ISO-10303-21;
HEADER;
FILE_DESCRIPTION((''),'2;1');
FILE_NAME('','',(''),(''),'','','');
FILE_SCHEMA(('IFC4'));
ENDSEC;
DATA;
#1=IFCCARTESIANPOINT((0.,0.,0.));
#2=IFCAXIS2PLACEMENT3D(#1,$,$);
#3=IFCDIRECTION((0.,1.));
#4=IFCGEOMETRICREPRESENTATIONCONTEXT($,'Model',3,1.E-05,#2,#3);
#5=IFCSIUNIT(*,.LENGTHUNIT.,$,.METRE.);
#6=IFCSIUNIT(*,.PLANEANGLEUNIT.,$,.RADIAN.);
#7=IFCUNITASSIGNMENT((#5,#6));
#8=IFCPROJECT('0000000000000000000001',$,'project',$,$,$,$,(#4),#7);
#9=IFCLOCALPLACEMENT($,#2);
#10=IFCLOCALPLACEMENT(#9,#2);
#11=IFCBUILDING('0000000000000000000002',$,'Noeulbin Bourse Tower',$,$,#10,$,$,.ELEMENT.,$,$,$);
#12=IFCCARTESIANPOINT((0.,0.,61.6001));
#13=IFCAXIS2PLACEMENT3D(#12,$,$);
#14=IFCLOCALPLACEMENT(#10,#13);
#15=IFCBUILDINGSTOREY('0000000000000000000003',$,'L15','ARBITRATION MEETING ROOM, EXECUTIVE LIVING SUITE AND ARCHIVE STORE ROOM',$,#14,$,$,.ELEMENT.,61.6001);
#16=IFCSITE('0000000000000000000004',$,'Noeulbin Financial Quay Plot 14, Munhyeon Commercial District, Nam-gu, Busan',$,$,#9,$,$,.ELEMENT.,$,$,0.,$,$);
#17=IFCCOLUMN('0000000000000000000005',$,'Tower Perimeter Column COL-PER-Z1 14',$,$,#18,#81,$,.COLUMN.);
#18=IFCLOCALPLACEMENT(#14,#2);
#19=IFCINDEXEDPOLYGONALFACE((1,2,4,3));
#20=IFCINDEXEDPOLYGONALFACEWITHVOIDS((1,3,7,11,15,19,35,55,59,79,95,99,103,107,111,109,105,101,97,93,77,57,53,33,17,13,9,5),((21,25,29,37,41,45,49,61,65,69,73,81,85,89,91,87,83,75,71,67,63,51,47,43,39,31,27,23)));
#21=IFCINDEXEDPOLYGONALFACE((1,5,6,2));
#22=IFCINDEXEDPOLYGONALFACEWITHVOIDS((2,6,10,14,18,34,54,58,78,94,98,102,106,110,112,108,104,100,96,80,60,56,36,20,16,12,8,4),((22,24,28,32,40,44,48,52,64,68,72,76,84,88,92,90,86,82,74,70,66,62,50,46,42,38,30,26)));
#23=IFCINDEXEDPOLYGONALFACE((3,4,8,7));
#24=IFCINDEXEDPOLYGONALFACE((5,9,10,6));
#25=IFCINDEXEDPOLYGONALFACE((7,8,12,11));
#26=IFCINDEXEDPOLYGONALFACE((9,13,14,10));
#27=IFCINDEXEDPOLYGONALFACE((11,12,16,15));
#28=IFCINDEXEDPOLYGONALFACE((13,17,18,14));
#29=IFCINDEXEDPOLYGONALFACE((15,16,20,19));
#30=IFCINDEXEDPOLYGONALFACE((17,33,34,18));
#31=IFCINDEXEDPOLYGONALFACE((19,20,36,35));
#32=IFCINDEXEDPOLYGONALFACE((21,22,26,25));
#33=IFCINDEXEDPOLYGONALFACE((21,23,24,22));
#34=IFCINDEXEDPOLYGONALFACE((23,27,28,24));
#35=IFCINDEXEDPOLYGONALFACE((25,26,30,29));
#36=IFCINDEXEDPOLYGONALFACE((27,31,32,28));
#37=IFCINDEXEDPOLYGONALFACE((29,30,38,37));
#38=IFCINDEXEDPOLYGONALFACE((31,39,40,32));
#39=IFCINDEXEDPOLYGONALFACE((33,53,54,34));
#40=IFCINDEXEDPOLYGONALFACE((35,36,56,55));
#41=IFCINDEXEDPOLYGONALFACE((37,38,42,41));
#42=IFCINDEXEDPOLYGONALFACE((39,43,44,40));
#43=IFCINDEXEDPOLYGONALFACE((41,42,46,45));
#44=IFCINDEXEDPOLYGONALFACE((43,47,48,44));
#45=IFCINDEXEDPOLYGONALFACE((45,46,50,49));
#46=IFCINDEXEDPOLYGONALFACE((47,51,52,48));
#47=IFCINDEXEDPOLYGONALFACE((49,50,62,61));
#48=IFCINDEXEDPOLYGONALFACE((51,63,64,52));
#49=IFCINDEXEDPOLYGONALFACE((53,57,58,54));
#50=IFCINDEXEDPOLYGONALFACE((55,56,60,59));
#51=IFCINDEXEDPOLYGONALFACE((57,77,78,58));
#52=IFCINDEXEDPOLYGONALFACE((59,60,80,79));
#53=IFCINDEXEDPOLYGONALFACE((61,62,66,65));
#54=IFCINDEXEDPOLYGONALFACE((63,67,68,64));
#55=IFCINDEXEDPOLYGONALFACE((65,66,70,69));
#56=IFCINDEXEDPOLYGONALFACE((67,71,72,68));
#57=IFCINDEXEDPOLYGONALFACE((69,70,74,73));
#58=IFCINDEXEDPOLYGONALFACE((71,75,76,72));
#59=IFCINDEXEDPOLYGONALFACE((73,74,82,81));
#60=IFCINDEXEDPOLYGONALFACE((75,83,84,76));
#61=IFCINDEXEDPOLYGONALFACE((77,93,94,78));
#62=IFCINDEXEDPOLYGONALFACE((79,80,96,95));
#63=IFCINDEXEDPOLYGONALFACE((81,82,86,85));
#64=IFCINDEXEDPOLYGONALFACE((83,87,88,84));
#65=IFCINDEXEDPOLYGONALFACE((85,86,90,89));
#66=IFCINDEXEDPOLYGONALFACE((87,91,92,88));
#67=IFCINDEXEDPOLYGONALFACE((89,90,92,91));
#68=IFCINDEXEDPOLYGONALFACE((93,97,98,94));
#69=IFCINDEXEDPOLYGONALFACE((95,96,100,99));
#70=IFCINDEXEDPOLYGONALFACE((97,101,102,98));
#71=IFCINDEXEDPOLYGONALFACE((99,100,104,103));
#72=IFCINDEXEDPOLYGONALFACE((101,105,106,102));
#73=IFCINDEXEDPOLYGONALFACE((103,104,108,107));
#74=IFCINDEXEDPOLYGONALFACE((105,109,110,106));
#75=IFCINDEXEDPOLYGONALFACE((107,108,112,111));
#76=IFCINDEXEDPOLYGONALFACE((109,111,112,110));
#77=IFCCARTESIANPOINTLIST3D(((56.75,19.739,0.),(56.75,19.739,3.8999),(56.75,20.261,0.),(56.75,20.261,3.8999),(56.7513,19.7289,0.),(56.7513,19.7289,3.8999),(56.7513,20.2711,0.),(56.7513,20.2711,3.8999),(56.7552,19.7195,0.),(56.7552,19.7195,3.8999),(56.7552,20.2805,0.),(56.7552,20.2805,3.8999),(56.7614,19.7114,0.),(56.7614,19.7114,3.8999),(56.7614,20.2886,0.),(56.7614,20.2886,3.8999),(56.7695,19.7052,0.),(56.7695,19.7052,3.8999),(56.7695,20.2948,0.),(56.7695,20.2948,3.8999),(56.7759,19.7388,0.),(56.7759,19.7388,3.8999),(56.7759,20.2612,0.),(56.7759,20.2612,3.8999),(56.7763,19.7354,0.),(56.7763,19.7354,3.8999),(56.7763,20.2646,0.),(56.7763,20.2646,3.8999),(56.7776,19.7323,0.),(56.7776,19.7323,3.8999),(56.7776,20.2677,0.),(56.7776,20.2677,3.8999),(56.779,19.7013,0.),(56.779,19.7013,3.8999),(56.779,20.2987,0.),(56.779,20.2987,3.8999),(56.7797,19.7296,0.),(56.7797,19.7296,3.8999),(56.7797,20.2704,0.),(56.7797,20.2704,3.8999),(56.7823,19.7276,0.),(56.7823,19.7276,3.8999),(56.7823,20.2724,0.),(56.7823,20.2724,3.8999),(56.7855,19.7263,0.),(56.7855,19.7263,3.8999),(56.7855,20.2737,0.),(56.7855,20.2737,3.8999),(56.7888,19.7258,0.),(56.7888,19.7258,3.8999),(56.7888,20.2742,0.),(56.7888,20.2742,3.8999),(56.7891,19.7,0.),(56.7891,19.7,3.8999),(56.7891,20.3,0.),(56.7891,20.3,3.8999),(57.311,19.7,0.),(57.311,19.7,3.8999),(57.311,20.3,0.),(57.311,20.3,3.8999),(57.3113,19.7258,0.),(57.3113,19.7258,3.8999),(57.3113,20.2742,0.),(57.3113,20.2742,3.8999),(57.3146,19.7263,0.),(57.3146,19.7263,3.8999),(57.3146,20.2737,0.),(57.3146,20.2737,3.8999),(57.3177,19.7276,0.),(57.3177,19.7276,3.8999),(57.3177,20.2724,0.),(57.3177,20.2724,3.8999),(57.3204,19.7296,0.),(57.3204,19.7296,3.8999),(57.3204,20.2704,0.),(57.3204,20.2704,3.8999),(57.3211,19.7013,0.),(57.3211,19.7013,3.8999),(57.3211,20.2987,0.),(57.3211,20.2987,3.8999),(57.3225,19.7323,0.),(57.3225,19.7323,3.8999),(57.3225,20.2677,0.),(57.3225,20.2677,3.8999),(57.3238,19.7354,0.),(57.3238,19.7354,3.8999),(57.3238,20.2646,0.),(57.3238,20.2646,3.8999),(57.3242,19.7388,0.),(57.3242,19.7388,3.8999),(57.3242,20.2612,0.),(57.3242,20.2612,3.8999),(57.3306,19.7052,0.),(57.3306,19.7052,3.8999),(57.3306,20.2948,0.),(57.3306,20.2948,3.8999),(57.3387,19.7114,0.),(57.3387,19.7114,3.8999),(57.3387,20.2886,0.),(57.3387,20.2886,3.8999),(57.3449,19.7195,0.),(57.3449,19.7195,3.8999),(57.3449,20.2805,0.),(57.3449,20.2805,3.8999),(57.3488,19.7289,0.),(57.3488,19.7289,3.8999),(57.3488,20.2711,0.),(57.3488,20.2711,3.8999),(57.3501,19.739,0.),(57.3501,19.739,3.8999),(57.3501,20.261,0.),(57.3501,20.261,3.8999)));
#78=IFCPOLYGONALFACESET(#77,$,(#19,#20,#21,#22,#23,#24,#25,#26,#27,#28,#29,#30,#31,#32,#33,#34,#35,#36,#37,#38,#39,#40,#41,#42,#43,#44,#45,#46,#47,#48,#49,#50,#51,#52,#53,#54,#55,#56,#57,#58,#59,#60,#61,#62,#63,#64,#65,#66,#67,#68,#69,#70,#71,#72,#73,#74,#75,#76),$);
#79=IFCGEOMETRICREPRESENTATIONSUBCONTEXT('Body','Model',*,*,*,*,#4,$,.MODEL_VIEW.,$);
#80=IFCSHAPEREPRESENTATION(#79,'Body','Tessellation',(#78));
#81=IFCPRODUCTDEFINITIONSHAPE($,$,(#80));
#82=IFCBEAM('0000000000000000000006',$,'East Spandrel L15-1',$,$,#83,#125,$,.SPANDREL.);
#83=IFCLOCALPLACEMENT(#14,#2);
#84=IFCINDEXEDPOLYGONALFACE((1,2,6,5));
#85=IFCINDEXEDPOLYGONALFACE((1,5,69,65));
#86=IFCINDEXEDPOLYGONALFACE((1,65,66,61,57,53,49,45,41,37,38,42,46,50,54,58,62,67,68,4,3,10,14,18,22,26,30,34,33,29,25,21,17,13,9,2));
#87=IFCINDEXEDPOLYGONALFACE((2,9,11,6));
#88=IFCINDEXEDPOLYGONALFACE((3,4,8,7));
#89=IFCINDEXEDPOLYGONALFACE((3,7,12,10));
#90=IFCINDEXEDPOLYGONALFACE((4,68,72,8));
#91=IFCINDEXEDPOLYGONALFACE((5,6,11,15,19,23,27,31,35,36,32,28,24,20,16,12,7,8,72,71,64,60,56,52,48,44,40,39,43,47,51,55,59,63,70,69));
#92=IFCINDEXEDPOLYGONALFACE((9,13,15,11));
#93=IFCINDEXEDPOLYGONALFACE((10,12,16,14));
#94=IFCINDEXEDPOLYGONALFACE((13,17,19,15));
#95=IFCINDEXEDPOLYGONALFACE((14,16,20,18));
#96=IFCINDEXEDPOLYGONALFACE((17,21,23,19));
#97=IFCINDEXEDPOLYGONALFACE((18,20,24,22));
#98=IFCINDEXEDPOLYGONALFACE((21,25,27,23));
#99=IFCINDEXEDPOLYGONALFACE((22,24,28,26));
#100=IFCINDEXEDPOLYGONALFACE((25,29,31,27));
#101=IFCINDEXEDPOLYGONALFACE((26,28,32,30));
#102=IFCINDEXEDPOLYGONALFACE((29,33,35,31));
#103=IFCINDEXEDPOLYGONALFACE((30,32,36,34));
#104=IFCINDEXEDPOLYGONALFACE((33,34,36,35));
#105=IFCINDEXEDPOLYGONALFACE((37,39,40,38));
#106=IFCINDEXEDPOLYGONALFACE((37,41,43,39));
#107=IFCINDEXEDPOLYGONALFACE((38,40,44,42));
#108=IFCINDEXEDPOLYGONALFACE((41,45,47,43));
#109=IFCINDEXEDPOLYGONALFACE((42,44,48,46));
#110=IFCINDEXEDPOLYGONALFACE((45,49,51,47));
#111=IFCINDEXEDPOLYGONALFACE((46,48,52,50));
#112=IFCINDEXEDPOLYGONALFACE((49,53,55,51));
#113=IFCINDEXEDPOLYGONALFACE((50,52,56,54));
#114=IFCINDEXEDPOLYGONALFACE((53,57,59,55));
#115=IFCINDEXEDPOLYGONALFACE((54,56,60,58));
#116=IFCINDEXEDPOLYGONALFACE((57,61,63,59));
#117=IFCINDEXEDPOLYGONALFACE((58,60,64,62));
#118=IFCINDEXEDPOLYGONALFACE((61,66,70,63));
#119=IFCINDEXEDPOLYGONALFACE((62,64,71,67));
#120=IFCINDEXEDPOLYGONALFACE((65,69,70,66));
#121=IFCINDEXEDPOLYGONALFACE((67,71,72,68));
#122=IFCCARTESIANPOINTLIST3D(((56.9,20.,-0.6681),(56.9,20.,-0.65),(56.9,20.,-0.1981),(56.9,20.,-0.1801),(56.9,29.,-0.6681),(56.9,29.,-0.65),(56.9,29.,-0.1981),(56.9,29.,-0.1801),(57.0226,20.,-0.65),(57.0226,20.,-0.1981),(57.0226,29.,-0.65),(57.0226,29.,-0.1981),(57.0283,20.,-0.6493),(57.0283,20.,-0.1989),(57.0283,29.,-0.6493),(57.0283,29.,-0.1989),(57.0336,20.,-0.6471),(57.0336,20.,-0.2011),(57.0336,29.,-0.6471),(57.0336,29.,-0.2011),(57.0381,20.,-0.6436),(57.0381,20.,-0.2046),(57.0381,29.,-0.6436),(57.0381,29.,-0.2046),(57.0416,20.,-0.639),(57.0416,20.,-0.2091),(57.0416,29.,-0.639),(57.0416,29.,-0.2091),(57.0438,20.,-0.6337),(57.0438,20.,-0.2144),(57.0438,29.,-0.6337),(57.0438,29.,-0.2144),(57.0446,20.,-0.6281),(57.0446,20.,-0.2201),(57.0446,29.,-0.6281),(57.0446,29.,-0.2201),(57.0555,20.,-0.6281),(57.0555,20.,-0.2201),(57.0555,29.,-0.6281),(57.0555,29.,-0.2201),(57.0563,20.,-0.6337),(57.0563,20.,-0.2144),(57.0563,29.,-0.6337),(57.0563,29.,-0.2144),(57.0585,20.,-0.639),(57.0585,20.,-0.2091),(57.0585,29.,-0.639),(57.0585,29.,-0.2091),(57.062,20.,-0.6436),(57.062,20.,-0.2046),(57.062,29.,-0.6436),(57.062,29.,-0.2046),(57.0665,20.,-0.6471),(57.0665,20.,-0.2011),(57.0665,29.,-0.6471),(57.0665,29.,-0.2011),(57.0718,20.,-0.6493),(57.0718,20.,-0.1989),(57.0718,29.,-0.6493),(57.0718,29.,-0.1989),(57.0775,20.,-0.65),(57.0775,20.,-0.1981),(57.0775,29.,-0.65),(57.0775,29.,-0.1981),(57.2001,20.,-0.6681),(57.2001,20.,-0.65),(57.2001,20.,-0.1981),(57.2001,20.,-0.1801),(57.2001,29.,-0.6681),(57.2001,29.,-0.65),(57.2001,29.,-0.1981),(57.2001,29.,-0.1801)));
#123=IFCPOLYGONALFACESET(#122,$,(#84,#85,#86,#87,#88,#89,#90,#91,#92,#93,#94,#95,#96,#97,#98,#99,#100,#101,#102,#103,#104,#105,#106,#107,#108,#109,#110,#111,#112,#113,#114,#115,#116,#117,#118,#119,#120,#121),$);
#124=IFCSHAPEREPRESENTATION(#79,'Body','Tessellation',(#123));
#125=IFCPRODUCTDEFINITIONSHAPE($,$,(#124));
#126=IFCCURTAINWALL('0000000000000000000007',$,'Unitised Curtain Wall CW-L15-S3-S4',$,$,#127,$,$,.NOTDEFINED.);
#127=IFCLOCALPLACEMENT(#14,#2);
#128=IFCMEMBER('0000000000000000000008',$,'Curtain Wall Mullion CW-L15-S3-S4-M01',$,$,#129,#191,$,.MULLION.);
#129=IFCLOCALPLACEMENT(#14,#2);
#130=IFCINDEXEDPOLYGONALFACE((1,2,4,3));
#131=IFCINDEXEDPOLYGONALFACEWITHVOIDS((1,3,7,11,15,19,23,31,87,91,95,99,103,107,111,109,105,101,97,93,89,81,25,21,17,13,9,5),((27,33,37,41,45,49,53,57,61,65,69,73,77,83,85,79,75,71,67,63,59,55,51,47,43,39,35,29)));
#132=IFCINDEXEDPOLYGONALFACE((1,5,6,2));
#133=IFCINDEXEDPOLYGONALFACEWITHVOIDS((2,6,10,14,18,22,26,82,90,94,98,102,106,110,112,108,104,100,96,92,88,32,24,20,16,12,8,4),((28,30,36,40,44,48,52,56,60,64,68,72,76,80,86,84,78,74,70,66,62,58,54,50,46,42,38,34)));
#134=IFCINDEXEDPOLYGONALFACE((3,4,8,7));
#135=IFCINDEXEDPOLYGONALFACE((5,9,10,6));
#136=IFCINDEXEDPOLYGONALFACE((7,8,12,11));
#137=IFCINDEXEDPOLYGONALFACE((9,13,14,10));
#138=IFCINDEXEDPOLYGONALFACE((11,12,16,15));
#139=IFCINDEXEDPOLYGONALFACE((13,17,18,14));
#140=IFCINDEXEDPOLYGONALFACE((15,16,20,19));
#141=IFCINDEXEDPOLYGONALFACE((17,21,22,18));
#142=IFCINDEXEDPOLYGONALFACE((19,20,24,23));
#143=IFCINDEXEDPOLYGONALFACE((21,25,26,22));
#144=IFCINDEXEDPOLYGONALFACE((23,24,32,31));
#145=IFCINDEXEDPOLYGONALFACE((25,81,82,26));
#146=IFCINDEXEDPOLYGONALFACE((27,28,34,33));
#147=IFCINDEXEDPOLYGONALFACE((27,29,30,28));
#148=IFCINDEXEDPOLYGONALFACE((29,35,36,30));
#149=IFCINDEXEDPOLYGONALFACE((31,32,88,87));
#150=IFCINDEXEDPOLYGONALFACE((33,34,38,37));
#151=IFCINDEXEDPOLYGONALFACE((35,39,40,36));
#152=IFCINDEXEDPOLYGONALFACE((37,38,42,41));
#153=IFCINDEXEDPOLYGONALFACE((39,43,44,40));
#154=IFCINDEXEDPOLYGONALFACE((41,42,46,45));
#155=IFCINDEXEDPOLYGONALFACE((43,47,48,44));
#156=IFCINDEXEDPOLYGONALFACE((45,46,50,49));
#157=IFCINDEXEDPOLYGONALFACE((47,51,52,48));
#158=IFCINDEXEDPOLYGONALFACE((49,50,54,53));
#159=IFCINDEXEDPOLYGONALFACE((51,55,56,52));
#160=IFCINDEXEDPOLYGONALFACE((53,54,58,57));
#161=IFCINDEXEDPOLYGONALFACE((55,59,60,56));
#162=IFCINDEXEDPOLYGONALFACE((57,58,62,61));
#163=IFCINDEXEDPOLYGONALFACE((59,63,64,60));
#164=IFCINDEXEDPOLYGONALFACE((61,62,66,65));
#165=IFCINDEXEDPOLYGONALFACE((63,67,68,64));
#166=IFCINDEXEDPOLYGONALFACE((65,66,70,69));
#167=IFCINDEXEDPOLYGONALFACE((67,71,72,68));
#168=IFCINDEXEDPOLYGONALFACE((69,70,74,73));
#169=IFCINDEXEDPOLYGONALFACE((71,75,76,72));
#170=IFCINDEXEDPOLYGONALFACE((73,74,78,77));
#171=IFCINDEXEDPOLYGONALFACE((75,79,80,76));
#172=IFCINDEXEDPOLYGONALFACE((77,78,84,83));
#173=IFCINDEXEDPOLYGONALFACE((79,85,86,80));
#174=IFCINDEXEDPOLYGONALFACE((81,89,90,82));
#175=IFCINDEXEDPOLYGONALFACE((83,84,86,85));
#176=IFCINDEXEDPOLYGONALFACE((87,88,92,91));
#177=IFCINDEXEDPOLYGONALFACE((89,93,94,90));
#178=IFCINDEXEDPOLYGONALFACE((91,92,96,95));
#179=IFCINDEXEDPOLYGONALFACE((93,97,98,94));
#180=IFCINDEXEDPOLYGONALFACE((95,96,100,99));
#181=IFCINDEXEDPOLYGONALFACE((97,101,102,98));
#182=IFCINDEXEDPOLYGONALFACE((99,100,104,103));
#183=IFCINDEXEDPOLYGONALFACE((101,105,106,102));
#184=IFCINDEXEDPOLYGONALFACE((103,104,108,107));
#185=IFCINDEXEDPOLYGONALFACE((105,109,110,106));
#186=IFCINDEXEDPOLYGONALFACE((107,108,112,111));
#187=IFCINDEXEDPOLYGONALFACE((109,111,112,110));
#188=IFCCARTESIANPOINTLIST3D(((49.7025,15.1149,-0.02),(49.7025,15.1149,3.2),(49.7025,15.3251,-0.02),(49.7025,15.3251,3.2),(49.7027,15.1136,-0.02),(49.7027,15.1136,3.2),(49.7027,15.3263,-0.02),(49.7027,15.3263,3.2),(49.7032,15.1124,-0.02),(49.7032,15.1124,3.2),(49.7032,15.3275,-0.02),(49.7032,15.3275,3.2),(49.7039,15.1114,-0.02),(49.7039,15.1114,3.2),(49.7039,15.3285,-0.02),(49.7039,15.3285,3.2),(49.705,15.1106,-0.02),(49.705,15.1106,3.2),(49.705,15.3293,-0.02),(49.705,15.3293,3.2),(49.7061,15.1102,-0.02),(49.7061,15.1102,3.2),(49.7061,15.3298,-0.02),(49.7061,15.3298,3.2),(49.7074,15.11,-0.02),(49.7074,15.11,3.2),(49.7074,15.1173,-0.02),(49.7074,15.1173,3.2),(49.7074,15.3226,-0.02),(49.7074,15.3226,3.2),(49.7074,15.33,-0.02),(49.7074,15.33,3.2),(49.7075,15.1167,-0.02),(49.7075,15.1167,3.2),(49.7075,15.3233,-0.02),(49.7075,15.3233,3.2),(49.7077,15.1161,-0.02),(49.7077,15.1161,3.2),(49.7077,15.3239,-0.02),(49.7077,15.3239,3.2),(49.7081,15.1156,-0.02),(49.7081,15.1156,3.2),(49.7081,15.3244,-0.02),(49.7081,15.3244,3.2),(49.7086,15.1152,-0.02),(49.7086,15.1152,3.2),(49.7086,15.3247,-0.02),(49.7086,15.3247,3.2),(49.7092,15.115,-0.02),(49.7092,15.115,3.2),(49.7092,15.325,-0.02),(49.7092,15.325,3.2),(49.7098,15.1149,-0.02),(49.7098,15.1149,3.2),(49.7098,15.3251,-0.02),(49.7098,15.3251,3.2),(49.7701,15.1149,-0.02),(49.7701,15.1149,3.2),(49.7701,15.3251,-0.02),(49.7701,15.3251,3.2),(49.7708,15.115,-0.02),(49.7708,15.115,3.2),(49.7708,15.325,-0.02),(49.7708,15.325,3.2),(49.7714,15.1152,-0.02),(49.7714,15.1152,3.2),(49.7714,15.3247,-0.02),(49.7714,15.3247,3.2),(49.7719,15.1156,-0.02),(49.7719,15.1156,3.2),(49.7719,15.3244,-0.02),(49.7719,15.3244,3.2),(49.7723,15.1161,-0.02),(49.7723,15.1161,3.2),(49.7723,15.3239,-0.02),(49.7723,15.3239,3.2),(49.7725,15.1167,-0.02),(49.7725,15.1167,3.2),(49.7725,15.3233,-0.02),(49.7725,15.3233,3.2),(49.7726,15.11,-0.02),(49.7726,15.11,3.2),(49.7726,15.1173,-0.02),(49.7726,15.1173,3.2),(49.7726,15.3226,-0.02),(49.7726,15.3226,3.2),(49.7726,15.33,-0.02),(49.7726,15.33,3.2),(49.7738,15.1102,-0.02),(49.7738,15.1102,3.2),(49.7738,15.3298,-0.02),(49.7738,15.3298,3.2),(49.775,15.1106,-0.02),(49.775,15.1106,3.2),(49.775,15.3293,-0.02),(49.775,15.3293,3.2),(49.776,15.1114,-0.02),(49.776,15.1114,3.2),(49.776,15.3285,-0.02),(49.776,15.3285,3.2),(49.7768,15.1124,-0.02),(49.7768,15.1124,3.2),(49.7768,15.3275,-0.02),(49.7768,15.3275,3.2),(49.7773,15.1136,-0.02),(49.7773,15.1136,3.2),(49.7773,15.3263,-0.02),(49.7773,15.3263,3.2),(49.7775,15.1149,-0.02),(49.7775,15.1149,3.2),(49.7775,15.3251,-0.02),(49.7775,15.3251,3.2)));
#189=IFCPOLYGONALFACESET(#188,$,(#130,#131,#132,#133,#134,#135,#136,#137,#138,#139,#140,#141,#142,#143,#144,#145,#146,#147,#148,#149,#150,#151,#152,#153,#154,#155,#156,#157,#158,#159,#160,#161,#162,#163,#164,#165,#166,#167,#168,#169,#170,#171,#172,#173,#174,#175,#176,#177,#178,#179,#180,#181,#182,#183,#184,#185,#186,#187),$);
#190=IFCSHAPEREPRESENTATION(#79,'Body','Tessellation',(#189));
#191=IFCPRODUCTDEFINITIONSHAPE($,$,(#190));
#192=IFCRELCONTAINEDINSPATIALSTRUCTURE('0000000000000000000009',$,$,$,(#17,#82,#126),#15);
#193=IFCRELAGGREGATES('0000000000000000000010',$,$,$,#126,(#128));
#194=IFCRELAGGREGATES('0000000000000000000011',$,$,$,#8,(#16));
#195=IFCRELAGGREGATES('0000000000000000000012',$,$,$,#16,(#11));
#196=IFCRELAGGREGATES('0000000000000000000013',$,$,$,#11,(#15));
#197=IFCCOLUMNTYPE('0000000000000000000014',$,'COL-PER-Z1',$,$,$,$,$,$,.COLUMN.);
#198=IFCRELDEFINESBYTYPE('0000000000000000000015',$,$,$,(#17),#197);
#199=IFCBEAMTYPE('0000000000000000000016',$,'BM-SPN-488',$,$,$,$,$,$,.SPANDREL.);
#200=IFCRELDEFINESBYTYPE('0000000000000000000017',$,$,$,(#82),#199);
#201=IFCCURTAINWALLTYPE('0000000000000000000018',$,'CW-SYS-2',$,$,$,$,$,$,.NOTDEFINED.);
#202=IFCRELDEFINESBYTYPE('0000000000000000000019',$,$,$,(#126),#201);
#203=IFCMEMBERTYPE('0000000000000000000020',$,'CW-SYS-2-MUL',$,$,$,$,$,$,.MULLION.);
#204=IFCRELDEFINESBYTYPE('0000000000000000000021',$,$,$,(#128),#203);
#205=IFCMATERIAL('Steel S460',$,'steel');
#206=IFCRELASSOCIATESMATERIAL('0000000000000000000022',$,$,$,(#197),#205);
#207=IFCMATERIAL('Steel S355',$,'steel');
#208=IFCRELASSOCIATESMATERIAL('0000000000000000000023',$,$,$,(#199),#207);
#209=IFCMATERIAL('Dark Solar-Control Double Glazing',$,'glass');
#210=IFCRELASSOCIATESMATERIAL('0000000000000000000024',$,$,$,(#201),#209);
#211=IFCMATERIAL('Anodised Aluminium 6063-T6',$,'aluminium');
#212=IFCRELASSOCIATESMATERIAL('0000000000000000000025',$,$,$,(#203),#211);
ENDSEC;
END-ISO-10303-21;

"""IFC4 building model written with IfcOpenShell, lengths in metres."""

from ifc_helpers import new_model, si_unit, direction, frame, origin, origin_2d, place, context, subcontext, project, spatial, hollow_rectangle, i_section, extrude, material, material_profile, profile_set, type_object, element, aggregate, save


model = new_model("IFC4")

# Units and contexts
model_context = context("Model", 3, precision=1e-05, world=origin(), true_north=direction((0.0, 1.0)))
body_context = subcontext(model_context, "Body", "Model", "MODEL_VIEW")
ifc_project = project(units=[si_unit("LENGTHUNIT", "METRE"), si_unit("PLANEANGLEUNIT", "RADIAN")], contexts=[model_context])

# Site, building, storey
site_placement = place(None, origin())
site = spatial("IfcSite", under=ifc_project, at=site_placement, Name="Noeulbin Financial Quay Plot 14, Munhyeon Commercial District, Nam-gu, Busan", CompositionType="ELEMENT", RefElevation=0.0)
building_placement = place(site_placement, origin())
building = spatial("IfcBuilding", under=site, at=building_placement, Name="Noeulbin Bourse Tower", CompositionType="ELEMENT")
storey_placement = place(building_placement, frame((0.0, 0.0, 61.6001)))
storey = spatial("IfcBuildingStorey", under=building, at=storey_placement, Name="L15", Description="ARBITRATION MEETING ROOM, EXECUTIVE LIVING SUITE AND ARCHIVE STORE ROOM", CompositionType="ELEMENT", Elevation=61.6001)

# Column
ifc_material_1 = material(Name="Steel S460", Category="steel")
ifc_material_profile_1 = material_profile(ifc_material_1, hollow_rectangle(XDim=0.6001, YDim=0.6001, WallThickness=0.0259, InnerFilletRadius=0.0129, OuterFilletRadius=0.0391, at=origin_2d()), Name="BOX-600x600x26", Category="LoadBearing")
ifc_profile_set_1 = profile_set([ifc_material_profile_1], Name="Steel S460")
column_type = type_object("IfcColumnType", Name="COL-PER-Z1", PredefinedType="COLUMN", material=ifc_profile_set_1)
column_placement = place(storey_placement, frame((57.05, 20.0, 0.0), z_axis=(0.0, 0.0, 1.0), x_axis=(1.0, 0.0, 0.0)))
element("IfcColumn", 1, at=column_placement, inside=storey, type_object=column_type, Name="Tower Perimeter Column COL-PER-Z1 14", PredefinedType="COLUMN", context=body_context, shape_type="SweptSolid", body=[
    extrude(hollow_rectangle(XDim=0.6001, YDim=0.6001, WallThickness=0.0259, InnerFilletRadius=0.0129, OuterFilletRadius=0.0391, at=origin_2d()), origin(), (0.0, 0.0, 1.0), 3.8999),
])

# Beam
ifc_material_2 = material(Name="Steel S355", Category="steel")
ifc_material_profile_2 = material_profile(ifc_material_2, i_section(OverallWidth=0.3, OverallDepth=0.488, WebThickness=0.011, FlangeThickness=0.0181, FilletRadius=0.022, at=origin_2d()), Name="H-488x300x11x18", Category="LoadBearing")
ifc_profile_set_2 = profile_set([ifc_material_profile_2], Name="Steel S355")
beam_type = type_object("IfcBeamType", Name="BM-SPN-488", PredefinedType="SPANDREL", material=ifc_profile_set_2)
beam_placement = place(storey_placement, frame((57.05, 20.0, -0.4241), z_axis=(0.0, 1.0, 0.0), x_axis=(-1.0, 0.0, 0.0)))
element("IfcBeam", 2, at=beam_placement, inside=storey, type_object=beam_type, Name="East Spandrel L15-1", PredefinedType="SPANDREL", context=body_context, shape_type="SweptSolid", body=[
    extrude(i_section(OverallWidth=0.3, OverallDepth=0.488, WebThickness=0.011, FlangeThickness=0.0181, FilletRadius=0.022, at=origin_2d()), origin(), (0.0, 0.0, 1.0), 9.0),
])

# Curtain wall, member
ifc_material_3 = material(Name="Dark Solar-Control Double Glazing", Category="glass")
curtain_wall_type = type_object("IfcCurtainWallType", Name="CW-SYS-2", PredefinedType="NOTDEFINED", material=ifc_material_3)
curtain_wall_1_placement = place(storey_placement, origin())
curtain_wall_1 = element("IfcCurtainWall", 3, at=curtain_wall_1_placement, inside=storey, type_object=curtain_wall_type, Name="Unitised Curtain Wall CW-L15-S3-S4", PredefinedType="NOTDEFINED")
ifc_material_4 = material(Name="Anodised Aluminium 6063-T6", Category="aluminium")
ifc_material_profile_3 = material_profile(ifc_material_4, hollow_rectangle(XDim=0.075, YDim=0.22, WallThickness=0.0049, InnerFilletRadius=0.0024, OuterFilletRadius=0.0049, at=origin_2d()), Name="ALU-MULL-75x220x5", Category="LoadBearing")
ifc_profile_set_3 = profile_set([ifc_material_profile_3], Name="Anodised Aluminium 6063-T6")
member_type_1 = type_object("IfcMemberType", Name="CW-SYS-2-MUL", PredefinedType="MULLION", material=ifc_profile_set_3)
member_1_placement = place(storey_placement, frame((49.74, 15.22, -0.02), z_axis=(0.0, 0.0, 1.0), x_axis=(1.0, 0.0, 0.0)))
member_1 = element("IfcMember", 4, at=member_1_placement, type_object=member_type_1, Name="Curtain Wall Mullion CW-L15-S3-S4-M01", PredefinedType="MULLION", context=body_context, shape_type="SweptSolid", body=[
    extrude(hollow_rectangle(XDim=0.075, YDim=0.22, WallThickness=0.0049, InnerFilletRadius=0.0024, OuterFilletRadius=0.0049, at=origin_2d()), origin(), (0.0, 0.0, 1.0), 3.22),
])

aggregate(curtain_wall_1, [member_1])

save(model, "model.ifc")
